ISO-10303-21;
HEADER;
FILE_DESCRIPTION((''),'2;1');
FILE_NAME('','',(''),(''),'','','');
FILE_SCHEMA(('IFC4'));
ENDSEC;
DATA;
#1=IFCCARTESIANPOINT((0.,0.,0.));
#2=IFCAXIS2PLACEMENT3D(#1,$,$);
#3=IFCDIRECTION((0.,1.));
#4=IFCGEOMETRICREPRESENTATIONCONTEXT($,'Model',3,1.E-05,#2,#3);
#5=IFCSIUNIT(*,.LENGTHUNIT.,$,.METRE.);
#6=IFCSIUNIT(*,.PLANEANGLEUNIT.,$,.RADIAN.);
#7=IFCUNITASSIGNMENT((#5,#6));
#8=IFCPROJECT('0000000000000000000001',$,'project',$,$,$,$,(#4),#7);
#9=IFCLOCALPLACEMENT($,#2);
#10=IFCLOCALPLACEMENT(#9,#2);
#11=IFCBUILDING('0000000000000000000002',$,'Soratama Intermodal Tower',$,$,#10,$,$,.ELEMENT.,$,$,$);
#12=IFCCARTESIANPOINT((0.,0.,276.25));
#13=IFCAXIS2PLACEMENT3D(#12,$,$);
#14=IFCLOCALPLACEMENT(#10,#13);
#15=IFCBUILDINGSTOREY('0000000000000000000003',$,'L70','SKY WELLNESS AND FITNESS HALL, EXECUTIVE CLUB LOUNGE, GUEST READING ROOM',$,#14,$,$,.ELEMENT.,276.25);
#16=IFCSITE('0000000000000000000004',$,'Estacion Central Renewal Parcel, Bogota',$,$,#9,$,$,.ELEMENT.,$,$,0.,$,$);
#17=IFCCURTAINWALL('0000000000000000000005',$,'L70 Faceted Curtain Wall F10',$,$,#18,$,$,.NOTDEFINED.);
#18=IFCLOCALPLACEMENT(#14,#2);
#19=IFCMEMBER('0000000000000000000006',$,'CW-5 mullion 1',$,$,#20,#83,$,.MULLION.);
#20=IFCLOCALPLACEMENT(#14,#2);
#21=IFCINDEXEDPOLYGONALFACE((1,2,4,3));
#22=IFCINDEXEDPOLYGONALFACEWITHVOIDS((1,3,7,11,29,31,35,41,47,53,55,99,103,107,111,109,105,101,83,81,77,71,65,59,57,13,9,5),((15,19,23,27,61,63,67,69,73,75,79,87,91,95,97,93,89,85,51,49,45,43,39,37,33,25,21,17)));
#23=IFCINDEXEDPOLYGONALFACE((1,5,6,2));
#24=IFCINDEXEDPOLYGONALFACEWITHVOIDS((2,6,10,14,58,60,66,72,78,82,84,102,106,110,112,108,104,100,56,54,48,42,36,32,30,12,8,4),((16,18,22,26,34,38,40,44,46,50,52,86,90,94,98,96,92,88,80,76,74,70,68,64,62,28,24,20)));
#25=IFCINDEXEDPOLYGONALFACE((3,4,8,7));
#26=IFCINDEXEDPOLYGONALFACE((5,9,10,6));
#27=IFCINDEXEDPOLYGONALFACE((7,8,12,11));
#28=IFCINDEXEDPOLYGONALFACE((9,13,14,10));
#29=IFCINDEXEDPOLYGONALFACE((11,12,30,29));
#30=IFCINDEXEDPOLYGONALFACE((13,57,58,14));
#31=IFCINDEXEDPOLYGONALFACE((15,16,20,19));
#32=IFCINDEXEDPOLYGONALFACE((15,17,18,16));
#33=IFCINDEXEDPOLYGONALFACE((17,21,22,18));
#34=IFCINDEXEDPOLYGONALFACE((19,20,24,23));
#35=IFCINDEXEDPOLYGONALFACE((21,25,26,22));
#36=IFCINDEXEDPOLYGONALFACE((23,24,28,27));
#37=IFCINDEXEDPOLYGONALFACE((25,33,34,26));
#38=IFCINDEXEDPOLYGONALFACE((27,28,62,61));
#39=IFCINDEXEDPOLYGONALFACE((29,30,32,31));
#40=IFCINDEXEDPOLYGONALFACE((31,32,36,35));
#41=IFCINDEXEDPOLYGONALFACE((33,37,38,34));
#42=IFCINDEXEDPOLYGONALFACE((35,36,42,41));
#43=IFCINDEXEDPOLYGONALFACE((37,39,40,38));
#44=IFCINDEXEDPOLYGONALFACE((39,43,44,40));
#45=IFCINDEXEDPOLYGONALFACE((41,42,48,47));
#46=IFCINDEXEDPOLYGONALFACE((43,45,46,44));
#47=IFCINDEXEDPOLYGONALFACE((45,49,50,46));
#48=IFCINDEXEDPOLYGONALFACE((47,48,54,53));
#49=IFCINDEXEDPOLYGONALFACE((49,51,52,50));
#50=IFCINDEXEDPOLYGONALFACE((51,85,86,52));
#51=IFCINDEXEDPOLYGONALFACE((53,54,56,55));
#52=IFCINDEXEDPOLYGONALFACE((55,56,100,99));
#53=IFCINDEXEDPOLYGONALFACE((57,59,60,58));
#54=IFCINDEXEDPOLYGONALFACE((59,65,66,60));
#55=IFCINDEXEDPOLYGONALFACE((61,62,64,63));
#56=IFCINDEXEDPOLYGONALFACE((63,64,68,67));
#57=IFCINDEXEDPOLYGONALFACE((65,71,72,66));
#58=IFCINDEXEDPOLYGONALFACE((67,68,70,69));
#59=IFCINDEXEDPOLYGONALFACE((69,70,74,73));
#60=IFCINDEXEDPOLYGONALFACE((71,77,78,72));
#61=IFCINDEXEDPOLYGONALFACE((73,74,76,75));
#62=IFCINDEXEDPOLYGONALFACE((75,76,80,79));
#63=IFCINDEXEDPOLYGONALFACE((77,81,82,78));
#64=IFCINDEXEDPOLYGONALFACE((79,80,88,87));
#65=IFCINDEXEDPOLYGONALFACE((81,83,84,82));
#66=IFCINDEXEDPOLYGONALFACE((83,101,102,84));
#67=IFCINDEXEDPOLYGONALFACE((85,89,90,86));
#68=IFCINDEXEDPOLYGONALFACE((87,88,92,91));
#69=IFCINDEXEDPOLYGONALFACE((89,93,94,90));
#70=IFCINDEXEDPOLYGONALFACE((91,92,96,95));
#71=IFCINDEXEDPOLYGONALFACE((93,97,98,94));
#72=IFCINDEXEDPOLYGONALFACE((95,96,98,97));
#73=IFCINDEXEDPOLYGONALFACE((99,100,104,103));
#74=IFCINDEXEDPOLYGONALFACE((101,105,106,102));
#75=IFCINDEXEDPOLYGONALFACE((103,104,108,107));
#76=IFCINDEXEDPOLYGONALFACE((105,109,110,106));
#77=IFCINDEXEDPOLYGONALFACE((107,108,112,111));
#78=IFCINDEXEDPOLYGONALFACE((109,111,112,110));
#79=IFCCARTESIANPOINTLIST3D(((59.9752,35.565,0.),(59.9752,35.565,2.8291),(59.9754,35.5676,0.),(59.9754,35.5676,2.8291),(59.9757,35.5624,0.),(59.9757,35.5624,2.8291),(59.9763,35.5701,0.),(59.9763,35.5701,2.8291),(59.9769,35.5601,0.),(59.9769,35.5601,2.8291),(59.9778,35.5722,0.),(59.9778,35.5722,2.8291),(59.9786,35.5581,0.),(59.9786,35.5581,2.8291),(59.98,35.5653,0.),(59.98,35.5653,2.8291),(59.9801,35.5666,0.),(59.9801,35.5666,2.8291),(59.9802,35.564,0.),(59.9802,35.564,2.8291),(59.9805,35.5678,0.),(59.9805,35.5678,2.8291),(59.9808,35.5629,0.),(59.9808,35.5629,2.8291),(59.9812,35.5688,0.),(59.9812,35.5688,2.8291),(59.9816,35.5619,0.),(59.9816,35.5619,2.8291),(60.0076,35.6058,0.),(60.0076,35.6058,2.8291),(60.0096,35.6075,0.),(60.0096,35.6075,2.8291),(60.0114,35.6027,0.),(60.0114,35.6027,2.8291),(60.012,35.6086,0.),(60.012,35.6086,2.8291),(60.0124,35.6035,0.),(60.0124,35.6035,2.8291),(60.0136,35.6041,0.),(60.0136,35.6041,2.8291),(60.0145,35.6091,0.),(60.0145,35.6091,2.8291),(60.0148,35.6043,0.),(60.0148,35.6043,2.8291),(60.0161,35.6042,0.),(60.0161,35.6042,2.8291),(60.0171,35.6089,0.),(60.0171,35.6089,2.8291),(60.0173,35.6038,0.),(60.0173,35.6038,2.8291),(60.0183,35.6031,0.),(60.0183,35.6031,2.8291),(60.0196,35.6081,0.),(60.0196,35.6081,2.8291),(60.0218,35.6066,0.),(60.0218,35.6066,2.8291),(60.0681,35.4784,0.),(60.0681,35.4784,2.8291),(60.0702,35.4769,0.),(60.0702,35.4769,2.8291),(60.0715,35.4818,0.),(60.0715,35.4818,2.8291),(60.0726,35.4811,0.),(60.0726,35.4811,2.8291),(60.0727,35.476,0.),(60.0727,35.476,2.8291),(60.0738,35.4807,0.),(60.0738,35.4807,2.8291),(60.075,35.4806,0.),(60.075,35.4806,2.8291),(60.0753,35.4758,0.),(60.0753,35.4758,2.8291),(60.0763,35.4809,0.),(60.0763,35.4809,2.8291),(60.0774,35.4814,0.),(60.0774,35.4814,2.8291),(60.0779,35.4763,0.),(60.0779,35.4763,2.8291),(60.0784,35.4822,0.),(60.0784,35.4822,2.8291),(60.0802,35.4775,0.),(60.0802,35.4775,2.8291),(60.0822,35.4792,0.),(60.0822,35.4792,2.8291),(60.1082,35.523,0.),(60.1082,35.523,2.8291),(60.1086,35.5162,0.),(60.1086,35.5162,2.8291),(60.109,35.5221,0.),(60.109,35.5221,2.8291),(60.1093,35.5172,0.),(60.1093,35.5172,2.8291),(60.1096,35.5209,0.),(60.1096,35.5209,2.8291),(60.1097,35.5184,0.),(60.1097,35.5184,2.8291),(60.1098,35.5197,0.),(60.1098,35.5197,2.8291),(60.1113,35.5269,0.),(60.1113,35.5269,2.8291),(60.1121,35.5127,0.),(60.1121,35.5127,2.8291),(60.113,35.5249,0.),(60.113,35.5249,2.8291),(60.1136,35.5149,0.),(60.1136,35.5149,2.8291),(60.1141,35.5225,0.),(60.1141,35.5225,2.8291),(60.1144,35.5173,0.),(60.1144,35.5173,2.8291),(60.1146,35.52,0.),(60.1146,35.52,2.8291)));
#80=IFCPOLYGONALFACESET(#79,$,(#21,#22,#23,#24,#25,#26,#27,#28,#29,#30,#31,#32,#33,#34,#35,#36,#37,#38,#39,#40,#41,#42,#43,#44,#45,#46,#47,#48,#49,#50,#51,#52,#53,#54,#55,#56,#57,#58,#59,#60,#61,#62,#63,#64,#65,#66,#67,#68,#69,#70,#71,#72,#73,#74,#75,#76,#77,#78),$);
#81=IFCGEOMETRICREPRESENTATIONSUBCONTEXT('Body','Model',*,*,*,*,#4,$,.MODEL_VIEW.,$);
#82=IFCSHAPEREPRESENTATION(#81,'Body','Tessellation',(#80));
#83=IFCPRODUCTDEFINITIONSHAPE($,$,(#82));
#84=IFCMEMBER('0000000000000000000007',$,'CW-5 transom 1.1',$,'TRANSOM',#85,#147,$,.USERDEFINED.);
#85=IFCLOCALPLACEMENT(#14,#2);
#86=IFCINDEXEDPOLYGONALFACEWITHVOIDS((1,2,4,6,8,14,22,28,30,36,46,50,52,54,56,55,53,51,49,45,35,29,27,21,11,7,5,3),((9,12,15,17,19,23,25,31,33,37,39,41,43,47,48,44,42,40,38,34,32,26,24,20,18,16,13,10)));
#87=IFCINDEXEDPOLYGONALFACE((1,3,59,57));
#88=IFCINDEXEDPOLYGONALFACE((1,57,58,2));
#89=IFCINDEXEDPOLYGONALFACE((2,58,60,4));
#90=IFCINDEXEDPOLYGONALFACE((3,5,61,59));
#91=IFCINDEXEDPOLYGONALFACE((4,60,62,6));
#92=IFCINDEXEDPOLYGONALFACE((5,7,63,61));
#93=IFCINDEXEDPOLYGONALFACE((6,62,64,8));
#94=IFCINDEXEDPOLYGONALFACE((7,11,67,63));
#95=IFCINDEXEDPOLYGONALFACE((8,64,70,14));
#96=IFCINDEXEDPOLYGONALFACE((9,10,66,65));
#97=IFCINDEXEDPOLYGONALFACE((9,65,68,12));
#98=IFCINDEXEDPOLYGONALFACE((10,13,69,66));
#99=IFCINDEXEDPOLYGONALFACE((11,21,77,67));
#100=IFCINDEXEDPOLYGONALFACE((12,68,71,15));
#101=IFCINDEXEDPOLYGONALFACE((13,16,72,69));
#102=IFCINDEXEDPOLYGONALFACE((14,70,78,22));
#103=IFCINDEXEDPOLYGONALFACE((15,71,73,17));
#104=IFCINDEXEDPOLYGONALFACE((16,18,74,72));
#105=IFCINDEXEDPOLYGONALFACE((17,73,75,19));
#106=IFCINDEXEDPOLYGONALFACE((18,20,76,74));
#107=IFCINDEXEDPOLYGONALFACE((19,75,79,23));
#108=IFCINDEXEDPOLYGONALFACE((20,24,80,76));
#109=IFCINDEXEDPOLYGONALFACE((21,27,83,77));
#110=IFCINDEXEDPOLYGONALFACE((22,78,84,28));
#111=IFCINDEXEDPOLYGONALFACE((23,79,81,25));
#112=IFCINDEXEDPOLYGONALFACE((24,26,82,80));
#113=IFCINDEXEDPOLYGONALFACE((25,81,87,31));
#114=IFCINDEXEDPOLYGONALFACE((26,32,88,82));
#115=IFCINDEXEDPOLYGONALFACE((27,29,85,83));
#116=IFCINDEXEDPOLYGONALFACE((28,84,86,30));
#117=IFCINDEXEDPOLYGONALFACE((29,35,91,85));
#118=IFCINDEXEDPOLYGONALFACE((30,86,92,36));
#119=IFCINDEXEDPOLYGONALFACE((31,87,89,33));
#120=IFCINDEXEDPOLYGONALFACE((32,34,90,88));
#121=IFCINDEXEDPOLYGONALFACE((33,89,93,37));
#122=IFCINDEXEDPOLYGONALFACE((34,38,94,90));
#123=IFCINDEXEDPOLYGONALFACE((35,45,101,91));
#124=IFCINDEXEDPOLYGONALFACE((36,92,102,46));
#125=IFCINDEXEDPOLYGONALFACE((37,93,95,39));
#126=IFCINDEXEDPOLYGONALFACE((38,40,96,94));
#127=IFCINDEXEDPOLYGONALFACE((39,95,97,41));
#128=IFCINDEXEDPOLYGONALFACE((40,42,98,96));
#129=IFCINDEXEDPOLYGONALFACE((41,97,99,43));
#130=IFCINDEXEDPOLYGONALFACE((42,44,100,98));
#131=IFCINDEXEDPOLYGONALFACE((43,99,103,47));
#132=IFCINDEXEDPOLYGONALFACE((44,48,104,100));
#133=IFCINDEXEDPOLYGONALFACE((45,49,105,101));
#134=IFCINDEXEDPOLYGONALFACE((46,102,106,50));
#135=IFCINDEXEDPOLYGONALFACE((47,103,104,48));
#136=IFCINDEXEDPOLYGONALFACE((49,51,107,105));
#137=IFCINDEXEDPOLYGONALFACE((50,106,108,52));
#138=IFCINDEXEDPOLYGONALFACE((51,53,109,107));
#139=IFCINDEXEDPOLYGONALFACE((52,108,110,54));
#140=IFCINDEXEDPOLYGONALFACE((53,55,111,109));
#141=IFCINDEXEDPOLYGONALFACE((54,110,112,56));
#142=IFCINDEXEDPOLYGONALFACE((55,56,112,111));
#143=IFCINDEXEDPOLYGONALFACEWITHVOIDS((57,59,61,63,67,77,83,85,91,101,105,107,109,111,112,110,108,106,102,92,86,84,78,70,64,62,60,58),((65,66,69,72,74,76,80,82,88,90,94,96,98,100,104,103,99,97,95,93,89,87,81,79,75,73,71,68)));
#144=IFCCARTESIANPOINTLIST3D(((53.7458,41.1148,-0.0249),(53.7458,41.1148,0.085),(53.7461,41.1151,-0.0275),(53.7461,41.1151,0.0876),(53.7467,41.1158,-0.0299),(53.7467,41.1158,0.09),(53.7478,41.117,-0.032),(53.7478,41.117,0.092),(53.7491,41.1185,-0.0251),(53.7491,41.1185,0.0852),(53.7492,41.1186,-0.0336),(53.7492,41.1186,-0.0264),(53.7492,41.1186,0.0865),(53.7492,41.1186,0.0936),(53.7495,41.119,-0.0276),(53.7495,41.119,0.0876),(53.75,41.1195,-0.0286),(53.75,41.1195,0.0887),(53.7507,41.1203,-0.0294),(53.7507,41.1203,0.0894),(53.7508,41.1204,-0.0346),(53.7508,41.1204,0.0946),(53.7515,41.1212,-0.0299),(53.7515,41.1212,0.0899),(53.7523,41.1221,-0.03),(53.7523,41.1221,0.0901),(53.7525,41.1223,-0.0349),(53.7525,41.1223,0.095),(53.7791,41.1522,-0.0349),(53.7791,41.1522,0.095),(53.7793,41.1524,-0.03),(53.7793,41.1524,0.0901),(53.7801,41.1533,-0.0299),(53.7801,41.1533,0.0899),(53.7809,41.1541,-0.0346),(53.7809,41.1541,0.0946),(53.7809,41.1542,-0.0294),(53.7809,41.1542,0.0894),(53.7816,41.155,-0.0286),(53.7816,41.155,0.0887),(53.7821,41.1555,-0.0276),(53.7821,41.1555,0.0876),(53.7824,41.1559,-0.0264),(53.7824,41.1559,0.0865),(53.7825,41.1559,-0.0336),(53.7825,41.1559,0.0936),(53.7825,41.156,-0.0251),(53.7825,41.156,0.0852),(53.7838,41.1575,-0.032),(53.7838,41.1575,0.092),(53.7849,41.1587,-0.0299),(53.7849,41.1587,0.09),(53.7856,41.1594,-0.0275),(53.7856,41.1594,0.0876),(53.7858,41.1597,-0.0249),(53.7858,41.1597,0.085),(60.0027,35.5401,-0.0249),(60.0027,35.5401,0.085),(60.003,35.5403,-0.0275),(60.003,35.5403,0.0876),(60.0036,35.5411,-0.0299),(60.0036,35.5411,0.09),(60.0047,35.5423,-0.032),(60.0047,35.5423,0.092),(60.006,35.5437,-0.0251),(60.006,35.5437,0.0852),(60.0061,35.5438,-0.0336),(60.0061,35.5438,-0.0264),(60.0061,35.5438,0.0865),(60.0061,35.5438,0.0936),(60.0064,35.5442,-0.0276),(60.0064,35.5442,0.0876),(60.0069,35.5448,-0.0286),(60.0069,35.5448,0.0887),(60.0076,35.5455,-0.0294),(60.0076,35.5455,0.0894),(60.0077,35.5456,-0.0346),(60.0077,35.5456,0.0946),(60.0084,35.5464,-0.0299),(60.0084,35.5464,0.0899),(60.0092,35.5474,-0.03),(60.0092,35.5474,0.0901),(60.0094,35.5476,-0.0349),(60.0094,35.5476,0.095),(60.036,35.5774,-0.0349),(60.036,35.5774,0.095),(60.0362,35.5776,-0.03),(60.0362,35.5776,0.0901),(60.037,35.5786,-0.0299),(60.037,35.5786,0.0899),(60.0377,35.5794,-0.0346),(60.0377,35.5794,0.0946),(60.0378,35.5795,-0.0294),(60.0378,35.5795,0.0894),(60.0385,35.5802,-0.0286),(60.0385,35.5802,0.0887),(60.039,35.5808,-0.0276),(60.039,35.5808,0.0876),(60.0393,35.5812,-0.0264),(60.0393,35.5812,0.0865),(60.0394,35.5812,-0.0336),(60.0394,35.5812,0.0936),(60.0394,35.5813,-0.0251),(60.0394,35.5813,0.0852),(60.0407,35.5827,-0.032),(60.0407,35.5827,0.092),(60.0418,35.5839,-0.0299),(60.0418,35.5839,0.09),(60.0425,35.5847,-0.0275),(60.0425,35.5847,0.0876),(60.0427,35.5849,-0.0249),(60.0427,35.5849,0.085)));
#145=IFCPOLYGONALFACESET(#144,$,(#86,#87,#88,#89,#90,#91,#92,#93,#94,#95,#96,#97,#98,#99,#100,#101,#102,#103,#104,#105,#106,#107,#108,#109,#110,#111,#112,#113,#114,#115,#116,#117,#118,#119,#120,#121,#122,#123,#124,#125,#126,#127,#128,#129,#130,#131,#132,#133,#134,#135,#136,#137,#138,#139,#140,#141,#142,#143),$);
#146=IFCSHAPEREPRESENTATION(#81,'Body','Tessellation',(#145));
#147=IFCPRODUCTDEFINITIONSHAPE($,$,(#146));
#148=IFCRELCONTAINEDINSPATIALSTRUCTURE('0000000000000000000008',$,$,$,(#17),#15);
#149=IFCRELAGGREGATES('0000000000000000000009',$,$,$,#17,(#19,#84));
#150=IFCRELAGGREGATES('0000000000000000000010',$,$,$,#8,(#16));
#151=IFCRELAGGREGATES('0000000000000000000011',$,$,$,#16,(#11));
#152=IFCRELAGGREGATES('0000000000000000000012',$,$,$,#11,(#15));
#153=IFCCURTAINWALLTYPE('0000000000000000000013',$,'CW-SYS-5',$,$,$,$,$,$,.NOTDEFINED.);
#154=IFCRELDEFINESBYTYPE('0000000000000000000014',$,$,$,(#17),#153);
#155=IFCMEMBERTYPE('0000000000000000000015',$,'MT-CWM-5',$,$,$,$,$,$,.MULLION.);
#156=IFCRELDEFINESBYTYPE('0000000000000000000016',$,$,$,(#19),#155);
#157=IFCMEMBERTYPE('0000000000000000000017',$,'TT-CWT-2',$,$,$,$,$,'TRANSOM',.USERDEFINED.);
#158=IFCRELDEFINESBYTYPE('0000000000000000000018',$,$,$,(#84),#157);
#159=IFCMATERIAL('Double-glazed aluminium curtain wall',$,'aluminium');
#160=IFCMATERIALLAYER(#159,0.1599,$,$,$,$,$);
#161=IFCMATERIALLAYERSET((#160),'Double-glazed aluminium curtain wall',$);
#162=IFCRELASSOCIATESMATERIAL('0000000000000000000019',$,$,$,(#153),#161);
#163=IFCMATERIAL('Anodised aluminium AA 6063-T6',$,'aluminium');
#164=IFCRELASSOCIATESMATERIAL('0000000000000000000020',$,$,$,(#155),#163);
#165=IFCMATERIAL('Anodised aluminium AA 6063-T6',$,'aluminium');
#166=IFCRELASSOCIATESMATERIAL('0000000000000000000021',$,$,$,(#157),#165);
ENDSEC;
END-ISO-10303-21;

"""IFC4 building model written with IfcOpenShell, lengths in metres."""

from ifc_helpers import new_model, si_unit, direction, frame, origin, origin_2d, place, context, subcontext, project, spatial, hollow_rectangle, extrude, material, layer, layer_set, material_profile, profile_set, type_object, element, aggregate, save


model = new_model("IFC4")

# Units and contexts
model_context = context("Model", 3, precision=1e-05, world=origin(), true_north=direction((0.0, 1.0)))
body_context = subcontext(model_context, "Body", "Model", "MODEL_VIEW")
ifc_project = project(units=[si_unit("LENGTHUNIT", "METRE"), si_unit("PLANEANGLEUNIT", "RADIAN")], contexts=[model_context])

# Site, building, storey
site_placement = place(None, origin())
site = spatial("IfcSite", under=ifc_project, at=site_placement, Name="Estacion Central Renewal Parcel, Bogota", CompositionType="ELEMENT", RefElevation=0.0)
building_placement = place(site_placement, origin())
building = spatial("IfcBuilding", under=site, at=building_placement, Name="Soratama Intermodal Tower", CompositionType="ELEMENT")
storey_placement = place(building_placement, frame((0.0, 0.0, 276.25)))
storey = spatial("IfcBuildingStorey", under=building, at=storey_placement, Name="L70", Description="SKY WELLNESS AND FITNESS HALL, EXECUTIVE CLUB LOUNGE, GUEST READING ROOM", CompositionType="ELEMENT", Elevation=276.25)

# Curtain wall, members
ifc_material_1 = material(Name="Double-glazed aluminium curtain wall", Category="aluminium")
ifc_layer_1 = layer(ifc_material_1, 0.1599)
ifc_layer_set_1 = layer_set([ifc_layer_1], Name="Double-glazed aluminium curtain wall")
curtain_wall_type = type_object("IfcCurtainWallType", Name="CW-SYS-5", PredefinedType="NOTDEFINED", material=ifc_layer_set_1)
curtain_wall_placement = place(storey_placement, origin())
curtain_wall = element("IfcCurtainWall", 1, at=curtain_wall_placement, inside=storey, type_object=curtain_wall_type, Name="L70 Faceted Curtain Wall F10", PredefinedType="NOTDEFINED")
ifc_material_2 = material(Name="Anodised aluminium AA 6063-T6", Category="aluminium")
ifc_material_profile_1 = material_profile(ifc_material_2, hollow_rectangle(XDim=0.0649, YDim=0.1399, WallThickness=0.0049, InnerFilletRadius=0.0049, OuterFilletRadius=0.01, at=origin_2d()), Name="CWM140X65X5")
ifc_profile_set_1 = profile_set([ifc_material_profile_1], Name="Anodised aluminium AA 6063-T6")
member_type_1 = type_object("IfcMemberType", Name="MT-CWM-5", PredefinedType="MULLION", material=ifc_profile_set_1)
member_1_placement = place(storey_placement, frame((60.0449, 35.5425, 0.0), z_axis=(0.0, 0.0, 1.0), x_axis=(-0.665234, -0.746635, 0.0)))
member_1 = element("IfcMember", 2, at=member_1_placement, type_object=member_type_1, Name="CW-5 mullion 1", PredefinedType="MULLION", context=body_context, shape_type="SweptSolid", body=[
    extrude(hollow_rectangle(XDim=0.0649, YDim=0.1399, WallThickness=0.0049, InnerFilletRadius=0.0049, OuterFilletRadius=0.01, at=origin_2d()), origin(), (0.0, 0.0, 1.0), 2.8291),
])
ifc_material_3 = material(Name="Anodised aluminium AA 6063-T6", Category="aluminium")
ifc_material_profile_2 = material_profile(ifc_material_3, hollow_rectangle(XDim=0.0601, YDim=0.1299, WallThickness=0.0049, InnerFilletRadius=0.0049, OuterFilletRadius=0.01, at=origin_2d()), Name="CWT130X60X5")
ifc_profile_set_2 = profile_set([ifc_material_profile_2], Name="Anodised aluminium AA 6063-T6")
member_type_2 = type_object("IfcMemberType", Name="TT-CWT-2", ElementType="TRANSOM", PredefinedType="USERDEFINED", material=ifc_profile_set_2)
member_2_placement = place(storey_placement, frame((60.0227, 35.5625, 0.03), z_axis=(-0.746634, 0.665235, 0.0), x_axis=(-0.665235, -0.746634, 0.0)))
member_2 = element("IfcMember", 3, at=member_2_placement, type_object=member_type_2, Name="CW-5 transom 1.1", ObjectType="TRANSOM", PredefinedType="USERDEFINED", context=body_context, shape_type="SweptSolid", body=[
    extrude(hollow_rectangle(XDim=0.0601, YDim=0.1299, WallThickness=0.0049, InnerFilletRadius=0.0049, OuterFilletRadius=0.01, at=origin_2d()), origin(), (0.0, 0.0, 1.0), 8.3801),
])
aggregate(curtain_wall, [member_1, member_2])

save(model, "model.ifc")
